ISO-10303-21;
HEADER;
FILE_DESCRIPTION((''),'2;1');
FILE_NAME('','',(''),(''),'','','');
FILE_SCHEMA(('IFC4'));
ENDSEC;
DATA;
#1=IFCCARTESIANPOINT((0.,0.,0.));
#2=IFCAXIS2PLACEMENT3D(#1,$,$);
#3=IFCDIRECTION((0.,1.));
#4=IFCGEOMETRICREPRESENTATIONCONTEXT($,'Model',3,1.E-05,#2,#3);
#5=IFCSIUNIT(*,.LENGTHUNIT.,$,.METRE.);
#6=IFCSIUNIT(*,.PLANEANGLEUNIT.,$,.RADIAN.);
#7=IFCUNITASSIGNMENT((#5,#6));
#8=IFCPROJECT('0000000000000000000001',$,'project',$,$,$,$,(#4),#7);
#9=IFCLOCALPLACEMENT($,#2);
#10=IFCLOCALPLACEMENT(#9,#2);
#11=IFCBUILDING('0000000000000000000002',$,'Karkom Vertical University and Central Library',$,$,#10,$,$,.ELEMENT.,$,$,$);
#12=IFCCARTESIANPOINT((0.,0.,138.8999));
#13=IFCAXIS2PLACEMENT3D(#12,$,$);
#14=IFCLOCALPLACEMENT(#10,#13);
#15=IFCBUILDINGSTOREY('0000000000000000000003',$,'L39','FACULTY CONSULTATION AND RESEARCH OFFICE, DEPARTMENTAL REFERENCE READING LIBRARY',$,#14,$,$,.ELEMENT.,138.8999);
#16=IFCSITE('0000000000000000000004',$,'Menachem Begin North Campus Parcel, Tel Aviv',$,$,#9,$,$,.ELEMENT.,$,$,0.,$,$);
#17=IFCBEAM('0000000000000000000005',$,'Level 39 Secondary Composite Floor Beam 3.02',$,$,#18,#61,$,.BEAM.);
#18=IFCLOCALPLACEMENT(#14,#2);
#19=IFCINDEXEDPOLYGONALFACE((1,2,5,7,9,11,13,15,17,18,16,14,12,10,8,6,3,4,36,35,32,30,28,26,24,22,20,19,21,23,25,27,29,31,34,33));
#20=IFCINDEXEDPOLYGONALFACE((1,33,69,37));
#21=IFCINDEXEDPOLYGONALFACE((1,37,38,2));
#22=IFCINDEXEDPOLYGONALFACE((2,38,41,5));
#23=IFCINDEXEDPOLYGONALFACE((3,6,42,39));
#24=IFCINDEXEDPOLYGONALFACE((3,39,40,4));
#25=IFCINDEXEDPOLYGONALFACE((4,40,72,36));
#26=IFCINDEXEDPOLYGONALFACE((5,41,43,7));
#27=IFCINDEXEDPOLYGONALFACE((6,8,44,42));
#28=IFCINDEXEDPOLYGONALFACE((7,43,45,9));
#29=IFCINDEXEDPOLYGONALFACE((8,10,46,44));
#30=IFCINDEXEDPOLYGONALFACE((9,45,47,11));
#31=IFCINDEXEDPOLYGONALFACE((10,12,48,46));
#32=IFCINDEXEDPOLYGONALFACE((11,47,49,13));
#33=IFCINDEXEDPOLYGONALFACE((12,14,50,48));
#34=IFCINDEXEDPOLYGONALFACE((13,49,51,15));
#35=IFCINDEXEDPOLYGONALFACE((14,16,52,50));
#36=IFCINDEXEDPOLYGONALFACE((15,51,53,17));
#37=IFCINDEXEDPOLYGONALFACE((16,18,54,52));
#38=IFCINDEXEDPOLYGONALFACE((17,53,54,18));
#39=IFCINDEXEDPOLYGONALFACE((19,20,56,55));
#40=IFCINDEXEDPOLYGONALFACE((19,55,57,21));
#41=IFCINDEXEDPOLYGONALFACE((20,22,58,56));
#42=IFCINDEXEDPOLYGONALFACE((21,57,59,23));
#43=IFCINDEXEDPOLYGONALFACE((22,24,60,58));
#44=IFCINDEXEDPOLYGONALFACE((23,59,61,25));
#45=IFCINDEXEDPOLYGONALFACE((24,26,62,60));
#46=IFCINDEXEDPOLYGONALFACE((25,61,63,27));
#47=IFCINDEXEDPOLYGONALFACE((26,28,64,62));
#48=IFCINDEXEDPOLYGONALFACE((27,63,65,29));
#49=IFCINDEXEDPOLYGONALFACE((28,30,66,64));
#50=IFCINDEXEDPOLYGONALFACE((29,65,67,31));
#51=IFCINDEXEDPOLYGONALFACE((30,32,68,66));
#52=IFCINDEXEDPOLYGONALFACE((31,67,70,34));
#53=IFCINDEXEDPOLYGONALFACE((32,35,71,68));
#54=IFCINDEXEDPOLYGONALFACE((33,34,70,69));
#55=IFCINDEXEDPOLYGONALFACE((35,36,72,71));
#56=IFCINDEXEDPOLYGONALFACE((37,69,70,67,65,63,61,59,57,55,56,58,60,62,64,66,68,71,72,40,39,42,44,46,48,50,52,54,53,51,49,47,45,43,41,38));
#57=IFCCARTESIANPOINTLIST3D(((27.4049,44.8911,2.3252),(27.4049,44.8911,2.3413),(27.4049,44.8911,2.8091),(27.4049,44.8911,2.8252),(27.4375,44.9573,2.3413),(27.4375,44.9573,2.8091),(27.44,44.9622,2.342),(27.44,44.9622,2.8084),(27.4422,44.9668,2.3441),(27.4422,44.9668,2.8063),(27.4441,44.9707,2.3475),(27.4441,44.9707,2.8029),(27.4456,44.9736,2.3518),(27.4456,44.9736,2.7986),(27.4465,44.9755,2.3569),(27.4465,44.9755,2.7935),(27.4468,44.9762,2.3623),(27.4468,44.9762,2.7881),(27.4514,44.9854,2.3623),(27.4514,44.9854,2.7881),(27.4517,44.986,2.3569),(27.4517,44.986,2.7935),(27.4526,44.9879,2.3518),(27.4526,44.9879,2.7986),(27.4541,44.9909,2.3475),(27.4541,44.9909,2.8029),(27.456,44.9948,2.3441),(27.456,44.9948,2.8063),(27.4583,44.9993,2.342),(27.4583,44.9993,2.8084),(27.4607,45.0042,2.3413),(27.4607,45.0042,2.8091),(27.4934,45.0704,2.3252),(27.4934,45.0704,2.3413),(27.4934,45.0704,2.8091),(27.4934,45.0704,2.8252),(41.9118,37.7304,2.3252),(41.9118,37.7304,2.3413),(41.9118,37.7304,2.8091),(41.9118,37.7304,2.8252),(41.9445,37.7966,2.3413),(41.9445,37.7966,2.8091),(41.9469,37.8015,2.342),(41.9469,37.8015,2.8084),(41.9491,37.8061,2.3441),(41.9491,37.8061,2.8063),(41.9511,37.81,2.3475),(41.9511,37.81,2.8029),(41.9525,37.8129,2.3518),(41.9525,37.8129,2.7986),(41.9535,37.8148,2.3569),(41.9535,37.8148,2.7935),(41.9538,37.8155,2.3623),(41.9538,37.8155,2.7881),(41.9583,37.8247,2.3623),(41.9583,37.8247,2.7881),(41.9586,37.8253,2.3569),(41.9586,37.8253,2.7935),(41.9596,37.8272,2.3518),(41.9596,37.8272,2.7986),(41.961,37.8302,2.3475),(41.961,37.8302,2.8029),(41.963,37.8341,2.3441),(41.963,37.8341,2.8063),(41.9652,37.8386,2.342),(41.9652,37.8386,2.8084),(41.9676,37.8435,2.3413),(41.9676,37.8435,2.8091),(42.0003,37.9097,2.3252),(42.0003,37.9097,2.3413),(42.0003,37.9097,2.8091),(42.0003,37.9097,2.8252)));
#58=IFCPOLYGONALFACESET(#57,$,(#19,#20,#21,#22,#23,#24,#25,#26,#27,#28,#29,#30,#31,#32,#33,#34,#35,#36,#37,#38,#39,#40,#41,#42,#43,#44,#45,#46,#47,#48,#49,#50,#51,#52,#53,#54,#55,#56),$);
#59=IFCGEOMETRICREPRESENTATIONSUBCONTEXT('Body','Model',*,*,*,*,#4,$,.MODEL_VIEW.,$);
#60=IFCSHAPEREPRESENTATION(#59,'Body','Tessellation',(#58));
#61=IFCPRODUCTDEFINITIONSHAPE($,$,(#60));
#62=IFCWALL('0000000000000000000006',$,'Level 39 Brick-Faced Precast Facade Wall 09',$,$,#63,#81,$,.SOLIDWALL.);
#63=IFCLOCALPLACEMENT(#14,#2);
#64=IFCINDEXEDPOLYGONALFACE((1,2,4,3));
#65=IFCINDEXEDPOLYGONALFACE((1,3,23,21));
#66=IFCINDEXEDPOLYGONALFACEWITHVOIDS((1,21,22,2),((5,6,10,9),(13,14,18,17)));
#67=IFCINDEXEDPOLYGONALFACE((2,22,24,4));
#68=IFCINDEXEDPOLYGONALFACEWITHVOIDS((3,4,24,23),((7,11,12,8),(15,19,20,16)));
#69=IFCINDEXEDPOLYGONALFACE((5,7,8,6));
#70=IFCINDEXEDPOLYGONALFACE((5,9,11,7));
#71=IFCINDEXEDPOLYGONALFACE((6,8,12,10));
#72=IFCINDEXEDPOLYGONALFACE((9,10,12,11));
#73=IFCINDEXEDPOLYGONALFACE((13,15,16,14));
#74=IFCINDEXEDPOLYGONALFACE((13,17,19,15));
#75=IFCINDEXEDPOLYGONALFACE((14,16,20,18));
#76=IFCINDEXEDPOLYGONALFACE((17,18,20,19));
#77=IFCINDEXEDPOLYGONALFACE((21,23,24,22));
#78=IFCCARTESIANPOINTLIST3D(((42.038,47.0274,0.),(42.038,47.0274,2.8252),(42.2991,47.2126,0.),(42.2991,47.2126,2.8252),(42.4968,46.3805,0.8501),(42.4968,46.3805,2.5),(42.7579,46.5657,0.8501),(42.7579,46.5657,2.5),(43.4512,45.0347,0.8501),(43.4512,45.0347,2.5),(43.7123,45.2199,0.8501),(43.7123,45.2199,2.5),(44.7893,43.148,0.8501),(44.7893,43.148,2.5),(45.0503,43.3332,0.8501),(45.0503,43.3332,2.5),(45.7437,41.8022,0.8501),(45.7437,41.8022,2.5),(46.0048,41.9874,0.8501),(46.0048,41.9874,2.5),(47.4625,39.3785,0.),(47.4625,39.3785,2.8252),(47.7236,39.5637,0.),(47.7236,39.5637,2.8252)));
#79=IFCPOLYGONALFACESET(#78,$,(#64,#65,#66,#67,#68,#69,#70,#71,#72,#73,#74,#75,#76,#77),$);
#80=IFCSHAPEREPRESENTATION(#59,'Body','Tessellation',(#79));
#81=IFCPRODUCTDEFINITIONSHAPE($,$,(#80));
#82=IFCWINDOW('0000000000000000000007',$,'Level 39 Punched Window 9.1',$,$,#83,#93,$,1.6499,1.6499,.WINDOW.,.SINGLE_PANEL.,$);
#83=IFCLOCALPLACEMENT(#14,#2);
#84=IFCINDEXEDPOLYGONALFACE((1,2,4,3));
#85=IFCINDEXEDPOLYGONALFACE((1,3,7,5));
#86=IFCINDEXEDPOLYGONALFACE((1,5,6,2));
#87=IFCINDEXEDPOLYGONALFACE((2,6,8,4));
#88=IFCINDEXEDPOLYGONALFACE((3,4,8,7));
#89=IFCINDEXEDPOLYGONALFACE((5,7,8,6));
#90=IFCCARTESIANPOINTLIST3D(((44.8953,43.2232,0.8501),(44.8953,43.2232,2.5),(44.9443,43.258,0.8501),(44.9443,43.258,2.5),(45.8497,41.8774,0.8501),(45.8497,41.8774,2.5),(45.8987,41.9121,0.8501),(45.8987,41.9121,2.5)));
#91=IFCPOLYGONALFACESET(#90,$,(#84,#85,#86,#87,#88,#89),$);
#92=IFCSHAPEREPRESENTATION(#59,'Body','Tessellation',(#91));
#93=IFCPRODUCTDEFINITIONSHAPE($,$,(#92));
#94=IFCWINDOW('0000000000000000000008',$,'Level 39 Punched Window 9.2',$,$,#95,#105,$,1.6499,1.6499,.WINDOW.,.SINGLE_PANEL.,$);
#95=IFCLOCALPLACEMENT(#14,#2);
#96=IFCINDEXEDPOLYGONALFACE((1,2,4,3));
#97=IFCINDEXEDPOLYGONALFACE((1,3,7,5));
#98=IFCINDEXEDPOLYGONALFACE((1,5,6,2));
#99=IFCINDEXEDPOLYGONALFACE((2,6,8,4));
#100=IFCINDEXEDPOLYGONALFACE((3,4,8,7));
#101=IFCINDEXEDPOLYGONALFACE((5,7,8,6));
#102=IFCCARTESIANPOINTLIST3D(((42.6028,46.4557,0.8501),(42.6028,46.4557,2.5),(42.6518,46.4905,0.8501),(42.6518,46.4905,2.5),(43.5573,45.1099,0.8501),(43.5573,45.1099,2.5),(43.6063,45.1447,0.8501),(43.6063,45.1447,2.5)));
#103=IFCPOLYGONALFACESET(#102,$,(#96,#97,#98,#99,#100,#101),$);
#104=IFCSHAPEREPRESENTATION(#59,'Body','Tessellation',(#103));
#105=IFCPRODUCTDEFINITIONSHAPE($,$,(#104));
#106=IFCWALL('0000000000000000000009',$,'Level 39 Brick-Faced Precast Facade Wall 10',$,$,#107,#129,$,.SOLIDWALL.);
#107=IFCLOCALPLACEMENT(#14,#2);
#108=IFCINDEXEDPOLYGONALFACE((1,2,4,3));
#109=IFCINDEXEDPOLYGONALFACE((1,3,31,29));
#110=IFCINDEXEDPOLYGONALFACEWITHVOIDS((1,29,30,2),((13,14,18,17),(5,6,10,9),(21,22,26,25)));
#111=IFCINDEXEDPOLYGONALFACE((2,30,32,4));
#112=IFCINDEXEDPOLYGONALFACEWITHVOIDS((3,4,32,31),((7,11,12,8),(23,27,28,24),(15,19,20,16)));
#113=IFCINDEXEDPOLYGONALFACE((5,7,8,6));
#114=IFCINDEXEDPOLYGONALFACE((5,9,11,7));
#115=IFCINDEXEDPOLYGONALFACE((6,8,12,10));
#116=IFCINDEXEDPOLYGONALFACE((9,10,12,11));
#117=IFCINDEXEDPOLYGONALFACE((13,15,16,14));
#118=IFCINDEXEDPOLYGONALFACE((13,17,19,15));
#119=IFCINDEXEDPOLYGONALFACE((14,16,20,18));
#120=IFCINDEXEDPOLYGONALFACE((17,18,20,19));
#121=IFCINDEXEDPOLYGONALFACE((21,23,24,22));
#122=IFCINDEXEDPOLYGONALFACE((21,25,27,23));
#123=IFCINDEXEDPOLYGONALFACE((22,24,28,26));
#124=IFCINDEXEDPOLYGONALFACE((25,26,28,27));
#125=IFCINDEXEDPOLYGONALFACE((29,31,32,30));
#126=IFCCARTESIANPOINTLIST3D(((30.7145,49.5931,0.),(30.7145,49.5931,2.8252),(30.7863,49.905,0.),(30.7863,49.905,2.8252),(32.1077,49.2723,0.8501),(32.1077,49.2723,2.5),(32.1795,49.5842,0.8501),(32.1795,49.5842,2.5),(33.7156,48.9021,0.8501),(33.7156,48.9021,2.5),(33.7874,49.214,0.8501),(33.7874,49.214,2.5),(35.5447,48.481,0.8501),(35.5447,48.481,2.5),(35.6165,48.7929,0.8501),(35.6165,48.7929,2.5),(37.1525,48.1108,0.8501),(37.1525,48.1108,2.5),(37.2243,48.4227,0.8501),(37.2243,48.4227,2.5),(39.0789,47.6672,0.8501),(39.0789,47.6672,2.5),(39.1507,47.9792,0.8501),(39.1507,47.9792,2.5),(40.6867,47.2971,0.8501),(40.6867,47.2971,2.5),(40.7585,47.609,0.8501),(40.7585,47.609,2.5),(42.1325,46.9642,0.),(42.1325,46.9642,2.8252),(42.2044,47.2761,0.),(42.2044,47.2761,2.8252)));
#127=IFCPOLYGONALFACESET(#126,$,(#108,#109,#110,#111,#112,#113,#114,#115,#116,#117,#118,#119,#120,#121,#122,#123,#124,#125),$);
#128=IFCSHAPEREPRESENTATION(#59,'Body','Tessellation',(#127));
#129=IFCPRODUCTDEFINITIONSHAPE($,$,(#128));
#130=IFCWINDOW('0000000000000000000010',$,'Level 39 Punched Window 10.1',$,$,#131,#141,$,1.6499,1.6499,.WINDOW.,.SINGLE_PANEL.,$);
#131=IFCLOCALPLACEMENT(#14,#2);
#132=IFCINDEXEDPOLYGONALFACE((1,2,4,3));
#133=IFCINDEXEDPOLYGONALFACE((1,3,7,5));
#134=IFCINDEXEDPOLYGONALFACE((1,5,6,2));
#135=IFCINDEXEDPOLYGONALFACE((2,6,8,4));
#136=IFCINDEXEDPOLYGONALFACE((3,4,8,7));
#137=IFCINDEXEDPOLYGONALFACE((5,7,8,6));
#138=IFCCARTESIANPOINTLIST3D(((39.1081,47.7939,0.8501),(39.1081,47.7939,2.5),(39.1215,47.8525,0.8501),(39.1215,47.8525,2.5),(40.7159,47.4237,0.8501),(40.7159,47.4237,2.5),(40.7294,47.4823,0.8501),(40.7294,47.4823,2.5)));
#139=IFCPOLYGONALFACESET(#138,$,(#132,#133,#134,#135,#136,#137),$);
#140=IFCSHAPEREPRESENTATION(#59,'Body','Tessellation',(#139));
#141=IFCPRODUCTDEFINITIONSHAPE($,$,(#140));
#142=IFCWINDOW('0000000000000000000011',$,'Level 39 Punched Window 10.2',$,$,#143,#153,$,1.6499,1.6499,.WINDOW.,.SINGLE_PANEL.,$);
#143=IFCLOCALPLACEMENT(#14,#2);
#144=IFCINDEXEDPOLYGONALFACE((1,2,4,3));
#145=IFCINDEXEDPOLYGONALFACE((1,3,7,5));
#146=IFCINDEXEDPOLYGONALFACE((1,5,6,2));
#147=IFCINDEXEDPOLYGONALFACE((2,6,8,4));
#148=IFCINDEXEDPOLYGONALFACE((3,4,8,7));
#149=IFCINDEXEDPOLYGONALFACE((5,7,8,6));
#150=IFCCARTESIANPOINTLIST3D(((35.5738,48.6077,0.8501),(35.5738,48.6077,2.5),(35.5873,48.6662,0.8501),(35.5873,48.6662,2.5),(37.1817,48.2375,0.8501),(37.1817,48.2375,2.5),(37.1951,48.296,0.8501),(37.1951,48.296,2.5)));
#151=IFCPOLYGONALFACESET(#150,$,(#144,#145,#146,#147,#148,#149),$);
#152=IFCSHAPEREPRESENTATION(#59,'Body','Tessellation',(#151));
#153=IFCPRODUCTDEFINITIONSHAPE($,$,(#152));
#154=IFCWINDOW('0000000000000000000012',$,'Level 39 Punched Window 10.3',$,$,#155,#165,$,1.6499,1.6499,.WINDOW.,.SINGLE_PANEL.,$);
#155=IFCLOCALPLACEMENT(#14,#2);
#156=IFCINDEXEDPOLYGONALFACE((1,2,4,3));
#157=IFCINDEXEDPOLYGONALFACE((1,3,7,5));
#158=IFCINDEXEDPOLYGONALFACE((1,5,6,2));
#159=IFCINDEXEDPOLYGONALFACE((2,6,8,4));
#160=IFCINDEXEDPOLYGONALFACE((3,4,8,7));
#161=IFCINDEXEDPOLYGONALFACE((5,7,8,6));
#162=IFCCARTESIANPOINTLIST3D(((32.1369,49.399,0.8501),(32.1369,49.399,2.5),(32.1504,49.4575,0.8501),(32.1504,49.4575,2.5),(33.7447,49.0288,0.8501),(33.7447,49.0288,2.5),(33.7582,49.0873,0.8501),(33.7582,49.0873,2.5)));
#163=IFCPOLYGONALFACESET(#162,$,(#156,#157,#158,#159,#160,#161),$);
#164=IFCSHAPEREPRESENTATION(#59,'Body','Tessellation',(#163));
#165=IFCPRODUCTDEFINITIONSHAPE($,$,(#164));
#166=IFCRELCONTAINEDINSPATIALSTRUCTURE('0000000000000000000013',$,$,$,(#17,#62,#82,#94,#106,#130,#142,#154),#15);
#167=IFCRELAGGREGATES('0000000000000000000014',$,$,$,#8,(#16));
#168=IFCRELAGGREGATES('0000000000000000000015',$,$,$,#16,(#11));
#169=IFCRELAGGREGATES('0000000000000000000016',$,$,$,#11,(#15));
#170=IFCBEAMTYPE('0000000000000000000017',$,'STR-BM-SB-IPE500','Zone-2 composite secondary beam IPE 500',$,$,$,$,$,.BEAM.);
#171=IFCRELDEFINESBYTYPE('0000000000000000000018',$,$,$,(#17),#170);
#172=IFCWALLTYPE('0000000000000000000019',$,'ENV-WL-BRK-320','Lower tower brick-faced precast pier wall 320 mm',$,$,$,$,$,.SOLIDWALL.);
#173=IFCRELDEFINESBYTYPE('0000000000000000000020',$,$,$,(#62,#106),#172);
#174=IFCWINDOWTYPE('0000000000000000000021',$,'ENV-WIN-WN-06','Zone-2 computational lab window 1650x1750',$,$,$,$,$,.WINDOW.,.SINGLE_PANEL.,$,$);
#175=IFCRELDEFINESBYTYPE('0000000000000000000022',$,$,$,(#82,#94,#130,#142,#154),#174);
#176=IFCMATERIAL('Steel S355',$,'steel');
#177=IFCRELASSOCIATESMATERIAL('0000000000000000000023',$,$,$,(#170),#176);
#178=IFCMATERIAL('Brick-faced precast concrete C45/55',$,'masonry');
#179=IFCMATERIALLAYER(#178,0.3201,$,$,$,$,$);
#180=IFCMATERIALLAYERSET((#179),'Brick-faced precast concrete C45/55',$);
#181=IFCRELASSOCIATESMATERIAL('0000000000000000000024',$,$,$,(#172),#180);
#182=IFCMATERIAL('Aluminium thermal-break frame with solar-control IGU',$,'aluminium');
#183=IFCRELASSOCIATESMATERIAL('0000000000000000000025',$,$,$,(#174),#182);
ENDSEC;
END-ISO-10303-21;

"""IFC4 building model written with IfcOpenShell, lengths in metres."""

from ifc_helpers import new_model, si_unit, direction, frame, frame_2d, origin, origin_with_axes, origin_2d, place, context, subcontext, project, spatial, rectangle, i_section, extrude, source, transform, mapped, material, layer, layer_set, material_profile, profile_set, type_object, element, fill, save


model = new_model("IFC4")

# Units and contexts
model_context = context("Model", 3, precision=1e-05, world=origin(), true_north=direction((0.0, 1.0)))
body_context = subcontext(model_context, "Body", "Model", "MODEL_VIEW")
ifc_project = project(units=[si_unit("LENGTHUNIT", "METRE"), si_unit("PLANEANGLEUNIT", "RADIAN")], contexts=[model_context])

# Site, building, storey
site_placement = place(None, origin())
site = spatial("IfcSite", under=ifc_project, at=site_placement, Name="Menachem Begin North Campus Parcel, Tel Aviv", CompositionType="ELEMENT", RefElevation=0.0)
building_placement = place(site_placement, origin())
building = spatial("IfcBuilding", under=site, at=building_placement, Name="Karkom Vertical University and Central Library", CompositionType="ELEMENT")
storey_placement = place(building_placement, frame((0.0, 0.0, 138.8999)))
storey = spatial("IfcBuildingStorey", under=building, at=storey_placement, Name="L39", Description="FACULTY CONSULTATION AND RESEARCH OFFICE, DEPARTMENTAL REFERENCE READING LIBRARY", CompositionType="ELEMENT", Elevation=138.8999)

# Beam
ifc_material_1 = material(Name="Steel S355", Category="steel")
ifc_material_profile_1 = material_profile(ifc_material_1, i_section(OverallWidth=0.2, OverallDepth=0.5, WebThickness=0.0103, FlangeThickness=0.0161, FilletRadius=0.021, at=origin_2d()), Name="IPE 500")
ifc_profile_set_1 = profile_set([ifc_material_profile_1], Name="Steel S355")
beam_type_1 = type_object("IfcBeamType", Name="STR-BM-SB-IPE500", Description="Zone-2 composite secondary beam IPE 500", PredefinedType="BEAM", material=ifc_profile_set_1)
shared_shape_1 = source(origin_with_axes(), body_context, "Body", "SweptSolid", [
    extrude(i_section(OverallWidth=0.2, OverallDepth=0.5, WebThickness=0.0103, FlangeThickness=0.0161, FilletRadius=0.021, at=origin_2d()), origin(), (0.0, 0.0, 1.0), 16.178),
])
beam_1_placement = place(storey_placement, frame((41.9561, 37.8201, 2.5752), z_axis=(-0.896709, 0.44262, 0.0), x_axis=(-0.44262, -0.896709, 0.0)))
element("IfcBeam", 1, at=beam_1_placement, inside=storey, type_object=beam_type_1, Name="Level 39 Secondary Composite Floor Beam 3.02", PredefinedType="BEAM", context=body_context, shape_type="MappedRepresentation", body=[
    mapped(shared_shape_1, transform((0.0, 0.0, 0.0), scale=1.0)),
])

# Walls, openings, windows
ifc_material_2 = material(Name="Brick-faced precast concrete C45/55", Category="masonry")
ifc_layer_1 = layer(ifc_material_2, 0.3201)
ifc_layer_set_1 = layer_set([ifc_layer_1], Name="Brick-faced precast concrete C45/55")
wall_type_1 = type_object("IfcWallType", Name="ENV-WL-BRK-320", Description="Lower tower brick-faced precast pier wall 320 mm", PredefinedType="SOLIDWALL", material=ifc_layer_set_1)
wall_1_placement = place(storey_placement, frame((47.593, 39.4712, 0.0), z_axis=(0.0, 0.0, 1.0), x_axis=(-0.578484, 0.815694, 0.0)))
wall_1 = element("IfcWall", 2, at=wall_1_placement, inside=storey, type_object=wall_type_1, Name="Level 39 Brick-Faced Precast Facade Wall 09", PredefinedType="SOLIDWALL", context=body_context, shape_type="SweptSolid", body=[
    extrude(rectangle(XDim=9.3772, YDim=0.3201, at=frame_2d((4.6885, 0.0))), origin(), (0.0, 0.0, 1.0), 2.8252),
])
opening_1_placement = place(wall_1_placement, frame((2.9712, 0.0, 0.8501)))
opening_1 = element("IfcOpeningElement", 3, at=opening_1_placement, cuts=wall_1, PredefinedType="OPENING", context=body_context, shape_type="SweptSolid", body=[
    extrude(rectangle(XDim=1.6499, YDim=1.6499, at=frame_2d((0.825, 0.825))), frame((0.0, 0.1699, 0.0), z_axis=(0.0, -1.0, 0.0), x_axis=(1.0, 0.0, 0.0)), (0.0, 0.0, 1.0), 0.3401),
])
opening_2_placement = place(wall_1_placement, frame((6.9341, 0.0, 0.8501)))
opening_2 = element("IfcOpeningElement", 4, at=opening_2_placement, cuts=wall_1, PredefinedType="OPENING", context=body_context, shape_type="SweptSolid", body=[
    extrude(rectangle(XDim=1.6499, YDim=1.6499, at=frame_2d((0.825, 0.825))), frame((0.0, 0.1699, 0.0), z_axis=(0.0, -1.0, 0.0), x_axis=(1.0, 0.0, 0.0)), (0.0, 0.0, 1.0), 0.3401),
])
ifc_material_3 = material(Name="Aluminium thermal-break frame with solar-control IGU", Category="aluminium")
window_type = type_object("IfcWindowType", Name="ENV-WIN-WN-06", Description="Zone-2 computational lab window 1650x1750", PartitioningType="SINGLE_PANEL", PredefinedType="WINDOW", material=ifc_material_3)
shared_shape_2 = source(origin_with_axes(), body_context, "Body", "SweptSolid", [
    extrude(rectangle(XDim=1.6499, YDim=1.6499, at=frame_2d((0.825, 0.825))), frame((0.0, 0.03, 0.0), z_axis=(0.0, -1.0, 0.0), x_axis=(1.0, 0.0, 0.0)), (0.0, 0.0, 1.0), 0.0601),
])
window_1_placement = place(opening_1_placement, origin())
window_1 = element("IfcWindow", 5, at=window_1_placement, inside=storey, type_object=window_type, Name="Level 39 Punched Window 9.1", OverallHeight=1.6499, OverallWidth=1.6499, PartitioningType="SINGLE_PANEL", PredefinedType="WINDOW", context=body_context, shape_type="MappedRepresentation", body=[
    mapped(shared_shape_2, transform((0.0, 0.0, 0.0), scale=1.0)),
])
fill(opening_1, window_1)
window_2_placement = place(opening_2_placement, origin())
window_2 = element("IfcWindow", 6, at=window_2_placement, inside=storey, type_object=window_type, Name="Level 39 Punched Window 9.2", OverallHeight=1.6499, OverallWidth=1.6499, PartitioningType="SINGLE_PANEL", PredefinedType="WINDOW", context=body_context, shape_type="MappedRepresentation", body=[
    mapped(shared_shape_2, transform((0.0, 0.0, 0.0), scale=1.0)),
])
fill(opening_2, window_2)
wall_2_placement = place(storey_placement, frame((42.1685, 47.1201, 0.0), z_axis=(0.0, 0.0, 1.0), x_axis=(-0.974503, 0.224373, 0.0)))
wall_2 = element("IfcWall", 7, at=wall_2_placement, inside=storey, type_object=wall_type_1, Name="Level 39 Brick-Faced Precast Facade Wall 10", PredefinedType="SOLIDWALL", context=body_context, shape_type="SweptSolid", body=[
    extrude(rectangle(XDim=11.7168, YDim=0.3201, at=frame_2d((5.8584, 0.0))), origin(), (0.0, 0.0, 1.0), 2.8252),
])
opening_3_placement = place(wall_2_placement, frame((1.4836, 0.0, 0.8501)))
opening_3 = element("IfcOpeningElement", 8, at=opening_3_placement, cuts=wall_2, PredefinedType="OPENING", context=body_context, shape_type="SweptSolid", body=[
    extrude(rectangle(XDim=1.6499, YDim=1.6499, at=frame_2d((0.825, 0.825))), frame((0.0, 0.1699, 0.0), z_axis=(0.0, -1.0, 0.0), x_axis=(1.0, 0.0, 0.0)), (0.0, 0.0, 1.0), 0.3401),
])
opening_4_placement = place(wall_2_placement, frame((5.1104, 0.0, 0.8501)))
opening_4 = element("IfcOpeningElement", 9, at=opening_4_placement, cuts=wall_2, PredefinedType="OPENING", context=body_context, shape_type="SweptSolid", body=[
    extrude(rectangle(XDim=1.6499, YDim=1.6499, at=frame_2d((0.825, 0.825))), frame((0.0, 0.1699, 0.0), z_axis=(0.0, -1.0, 0.0), x_axis=(1.0, 0.0, 0.0)), (0.0, 0.0, 1.0), 0.3401),
])
opening_5_placement = place(wall_2_placement, frame((8.6372, 0.0, 0.8501)))
opening_5 = element("IfcOpeningElement", 10, at=opening_5_placement, cuts=wall_2, PredefinedType="OPENING", context=body_context, shape_type="SweptSolid", body=[
    extrude(rectangle(XDim=1.6499, YDim=1.6499, at=frame_2d((0.825, 0.825))), frame((0.0, 0.1699, 0.0), z_axis=(0.0, -1.0, 0.0), x_axis=(1.0, 0.0, 0.0)), (0.0, 0.0, 1.0), 0.3401),
])
window_3_placement = place(opening_3_placement, origin())
window_3 = element("IfcWindow", 11, at=window_3_placement, inside=storey, type_object=window_type, Name="Level 39 Punched Window 10.1", OverallHeight=1.6499, OverallWidth=1.6499, PartitioningType="SINGLE_PANEL", PredefinedType="WINDOW", context=body_context, shape_type="MappedRepresentation", body=[
    mapped(shared_shape_2, transform((0.0, 0.0, 0.0), scale=1.0)),
])
fill(opening_3, window_3)
window_4_placement = place(opening_4_placement, origin())
window_4 = element("IfcWindow", 12, at=window_4_placement, inside=storey, type_object=window_type, Name="Level 39 Punched Window 10.2", OverallHeight=1.6499, OverallWidth=1.6499, PartitioningType="SINGLE_PANEL", PredefinedType="WINDOW", context=body_context, shape_type="MappedRepresentation", body=[
    mapped(shared_shape_2, transform((0.0, 0.0, 0.0), scale=1.0)),
])
fill(opening_4, window_4)
window_5_placement = place(opening_5_placement, origin())
window_5 = element("IfcWindow", 13, at=window_5_placement, inside=storey, type_object=window_type, Name="Level 39 Punched Window 10.3", OverallHeight=1.6499, OverallWidth=1.6499, PartitioningType="SINGLE_PANEL", PredefinedType="WINDOW", context=body_context, shape_type="MappedRepresentation", body=[
    mapped(shared_shape_2, transform((0.0, 0.0, 0.0), scale=1.0)),
])
fill(opening_5, window_5)

save(model, "model.ifc")
